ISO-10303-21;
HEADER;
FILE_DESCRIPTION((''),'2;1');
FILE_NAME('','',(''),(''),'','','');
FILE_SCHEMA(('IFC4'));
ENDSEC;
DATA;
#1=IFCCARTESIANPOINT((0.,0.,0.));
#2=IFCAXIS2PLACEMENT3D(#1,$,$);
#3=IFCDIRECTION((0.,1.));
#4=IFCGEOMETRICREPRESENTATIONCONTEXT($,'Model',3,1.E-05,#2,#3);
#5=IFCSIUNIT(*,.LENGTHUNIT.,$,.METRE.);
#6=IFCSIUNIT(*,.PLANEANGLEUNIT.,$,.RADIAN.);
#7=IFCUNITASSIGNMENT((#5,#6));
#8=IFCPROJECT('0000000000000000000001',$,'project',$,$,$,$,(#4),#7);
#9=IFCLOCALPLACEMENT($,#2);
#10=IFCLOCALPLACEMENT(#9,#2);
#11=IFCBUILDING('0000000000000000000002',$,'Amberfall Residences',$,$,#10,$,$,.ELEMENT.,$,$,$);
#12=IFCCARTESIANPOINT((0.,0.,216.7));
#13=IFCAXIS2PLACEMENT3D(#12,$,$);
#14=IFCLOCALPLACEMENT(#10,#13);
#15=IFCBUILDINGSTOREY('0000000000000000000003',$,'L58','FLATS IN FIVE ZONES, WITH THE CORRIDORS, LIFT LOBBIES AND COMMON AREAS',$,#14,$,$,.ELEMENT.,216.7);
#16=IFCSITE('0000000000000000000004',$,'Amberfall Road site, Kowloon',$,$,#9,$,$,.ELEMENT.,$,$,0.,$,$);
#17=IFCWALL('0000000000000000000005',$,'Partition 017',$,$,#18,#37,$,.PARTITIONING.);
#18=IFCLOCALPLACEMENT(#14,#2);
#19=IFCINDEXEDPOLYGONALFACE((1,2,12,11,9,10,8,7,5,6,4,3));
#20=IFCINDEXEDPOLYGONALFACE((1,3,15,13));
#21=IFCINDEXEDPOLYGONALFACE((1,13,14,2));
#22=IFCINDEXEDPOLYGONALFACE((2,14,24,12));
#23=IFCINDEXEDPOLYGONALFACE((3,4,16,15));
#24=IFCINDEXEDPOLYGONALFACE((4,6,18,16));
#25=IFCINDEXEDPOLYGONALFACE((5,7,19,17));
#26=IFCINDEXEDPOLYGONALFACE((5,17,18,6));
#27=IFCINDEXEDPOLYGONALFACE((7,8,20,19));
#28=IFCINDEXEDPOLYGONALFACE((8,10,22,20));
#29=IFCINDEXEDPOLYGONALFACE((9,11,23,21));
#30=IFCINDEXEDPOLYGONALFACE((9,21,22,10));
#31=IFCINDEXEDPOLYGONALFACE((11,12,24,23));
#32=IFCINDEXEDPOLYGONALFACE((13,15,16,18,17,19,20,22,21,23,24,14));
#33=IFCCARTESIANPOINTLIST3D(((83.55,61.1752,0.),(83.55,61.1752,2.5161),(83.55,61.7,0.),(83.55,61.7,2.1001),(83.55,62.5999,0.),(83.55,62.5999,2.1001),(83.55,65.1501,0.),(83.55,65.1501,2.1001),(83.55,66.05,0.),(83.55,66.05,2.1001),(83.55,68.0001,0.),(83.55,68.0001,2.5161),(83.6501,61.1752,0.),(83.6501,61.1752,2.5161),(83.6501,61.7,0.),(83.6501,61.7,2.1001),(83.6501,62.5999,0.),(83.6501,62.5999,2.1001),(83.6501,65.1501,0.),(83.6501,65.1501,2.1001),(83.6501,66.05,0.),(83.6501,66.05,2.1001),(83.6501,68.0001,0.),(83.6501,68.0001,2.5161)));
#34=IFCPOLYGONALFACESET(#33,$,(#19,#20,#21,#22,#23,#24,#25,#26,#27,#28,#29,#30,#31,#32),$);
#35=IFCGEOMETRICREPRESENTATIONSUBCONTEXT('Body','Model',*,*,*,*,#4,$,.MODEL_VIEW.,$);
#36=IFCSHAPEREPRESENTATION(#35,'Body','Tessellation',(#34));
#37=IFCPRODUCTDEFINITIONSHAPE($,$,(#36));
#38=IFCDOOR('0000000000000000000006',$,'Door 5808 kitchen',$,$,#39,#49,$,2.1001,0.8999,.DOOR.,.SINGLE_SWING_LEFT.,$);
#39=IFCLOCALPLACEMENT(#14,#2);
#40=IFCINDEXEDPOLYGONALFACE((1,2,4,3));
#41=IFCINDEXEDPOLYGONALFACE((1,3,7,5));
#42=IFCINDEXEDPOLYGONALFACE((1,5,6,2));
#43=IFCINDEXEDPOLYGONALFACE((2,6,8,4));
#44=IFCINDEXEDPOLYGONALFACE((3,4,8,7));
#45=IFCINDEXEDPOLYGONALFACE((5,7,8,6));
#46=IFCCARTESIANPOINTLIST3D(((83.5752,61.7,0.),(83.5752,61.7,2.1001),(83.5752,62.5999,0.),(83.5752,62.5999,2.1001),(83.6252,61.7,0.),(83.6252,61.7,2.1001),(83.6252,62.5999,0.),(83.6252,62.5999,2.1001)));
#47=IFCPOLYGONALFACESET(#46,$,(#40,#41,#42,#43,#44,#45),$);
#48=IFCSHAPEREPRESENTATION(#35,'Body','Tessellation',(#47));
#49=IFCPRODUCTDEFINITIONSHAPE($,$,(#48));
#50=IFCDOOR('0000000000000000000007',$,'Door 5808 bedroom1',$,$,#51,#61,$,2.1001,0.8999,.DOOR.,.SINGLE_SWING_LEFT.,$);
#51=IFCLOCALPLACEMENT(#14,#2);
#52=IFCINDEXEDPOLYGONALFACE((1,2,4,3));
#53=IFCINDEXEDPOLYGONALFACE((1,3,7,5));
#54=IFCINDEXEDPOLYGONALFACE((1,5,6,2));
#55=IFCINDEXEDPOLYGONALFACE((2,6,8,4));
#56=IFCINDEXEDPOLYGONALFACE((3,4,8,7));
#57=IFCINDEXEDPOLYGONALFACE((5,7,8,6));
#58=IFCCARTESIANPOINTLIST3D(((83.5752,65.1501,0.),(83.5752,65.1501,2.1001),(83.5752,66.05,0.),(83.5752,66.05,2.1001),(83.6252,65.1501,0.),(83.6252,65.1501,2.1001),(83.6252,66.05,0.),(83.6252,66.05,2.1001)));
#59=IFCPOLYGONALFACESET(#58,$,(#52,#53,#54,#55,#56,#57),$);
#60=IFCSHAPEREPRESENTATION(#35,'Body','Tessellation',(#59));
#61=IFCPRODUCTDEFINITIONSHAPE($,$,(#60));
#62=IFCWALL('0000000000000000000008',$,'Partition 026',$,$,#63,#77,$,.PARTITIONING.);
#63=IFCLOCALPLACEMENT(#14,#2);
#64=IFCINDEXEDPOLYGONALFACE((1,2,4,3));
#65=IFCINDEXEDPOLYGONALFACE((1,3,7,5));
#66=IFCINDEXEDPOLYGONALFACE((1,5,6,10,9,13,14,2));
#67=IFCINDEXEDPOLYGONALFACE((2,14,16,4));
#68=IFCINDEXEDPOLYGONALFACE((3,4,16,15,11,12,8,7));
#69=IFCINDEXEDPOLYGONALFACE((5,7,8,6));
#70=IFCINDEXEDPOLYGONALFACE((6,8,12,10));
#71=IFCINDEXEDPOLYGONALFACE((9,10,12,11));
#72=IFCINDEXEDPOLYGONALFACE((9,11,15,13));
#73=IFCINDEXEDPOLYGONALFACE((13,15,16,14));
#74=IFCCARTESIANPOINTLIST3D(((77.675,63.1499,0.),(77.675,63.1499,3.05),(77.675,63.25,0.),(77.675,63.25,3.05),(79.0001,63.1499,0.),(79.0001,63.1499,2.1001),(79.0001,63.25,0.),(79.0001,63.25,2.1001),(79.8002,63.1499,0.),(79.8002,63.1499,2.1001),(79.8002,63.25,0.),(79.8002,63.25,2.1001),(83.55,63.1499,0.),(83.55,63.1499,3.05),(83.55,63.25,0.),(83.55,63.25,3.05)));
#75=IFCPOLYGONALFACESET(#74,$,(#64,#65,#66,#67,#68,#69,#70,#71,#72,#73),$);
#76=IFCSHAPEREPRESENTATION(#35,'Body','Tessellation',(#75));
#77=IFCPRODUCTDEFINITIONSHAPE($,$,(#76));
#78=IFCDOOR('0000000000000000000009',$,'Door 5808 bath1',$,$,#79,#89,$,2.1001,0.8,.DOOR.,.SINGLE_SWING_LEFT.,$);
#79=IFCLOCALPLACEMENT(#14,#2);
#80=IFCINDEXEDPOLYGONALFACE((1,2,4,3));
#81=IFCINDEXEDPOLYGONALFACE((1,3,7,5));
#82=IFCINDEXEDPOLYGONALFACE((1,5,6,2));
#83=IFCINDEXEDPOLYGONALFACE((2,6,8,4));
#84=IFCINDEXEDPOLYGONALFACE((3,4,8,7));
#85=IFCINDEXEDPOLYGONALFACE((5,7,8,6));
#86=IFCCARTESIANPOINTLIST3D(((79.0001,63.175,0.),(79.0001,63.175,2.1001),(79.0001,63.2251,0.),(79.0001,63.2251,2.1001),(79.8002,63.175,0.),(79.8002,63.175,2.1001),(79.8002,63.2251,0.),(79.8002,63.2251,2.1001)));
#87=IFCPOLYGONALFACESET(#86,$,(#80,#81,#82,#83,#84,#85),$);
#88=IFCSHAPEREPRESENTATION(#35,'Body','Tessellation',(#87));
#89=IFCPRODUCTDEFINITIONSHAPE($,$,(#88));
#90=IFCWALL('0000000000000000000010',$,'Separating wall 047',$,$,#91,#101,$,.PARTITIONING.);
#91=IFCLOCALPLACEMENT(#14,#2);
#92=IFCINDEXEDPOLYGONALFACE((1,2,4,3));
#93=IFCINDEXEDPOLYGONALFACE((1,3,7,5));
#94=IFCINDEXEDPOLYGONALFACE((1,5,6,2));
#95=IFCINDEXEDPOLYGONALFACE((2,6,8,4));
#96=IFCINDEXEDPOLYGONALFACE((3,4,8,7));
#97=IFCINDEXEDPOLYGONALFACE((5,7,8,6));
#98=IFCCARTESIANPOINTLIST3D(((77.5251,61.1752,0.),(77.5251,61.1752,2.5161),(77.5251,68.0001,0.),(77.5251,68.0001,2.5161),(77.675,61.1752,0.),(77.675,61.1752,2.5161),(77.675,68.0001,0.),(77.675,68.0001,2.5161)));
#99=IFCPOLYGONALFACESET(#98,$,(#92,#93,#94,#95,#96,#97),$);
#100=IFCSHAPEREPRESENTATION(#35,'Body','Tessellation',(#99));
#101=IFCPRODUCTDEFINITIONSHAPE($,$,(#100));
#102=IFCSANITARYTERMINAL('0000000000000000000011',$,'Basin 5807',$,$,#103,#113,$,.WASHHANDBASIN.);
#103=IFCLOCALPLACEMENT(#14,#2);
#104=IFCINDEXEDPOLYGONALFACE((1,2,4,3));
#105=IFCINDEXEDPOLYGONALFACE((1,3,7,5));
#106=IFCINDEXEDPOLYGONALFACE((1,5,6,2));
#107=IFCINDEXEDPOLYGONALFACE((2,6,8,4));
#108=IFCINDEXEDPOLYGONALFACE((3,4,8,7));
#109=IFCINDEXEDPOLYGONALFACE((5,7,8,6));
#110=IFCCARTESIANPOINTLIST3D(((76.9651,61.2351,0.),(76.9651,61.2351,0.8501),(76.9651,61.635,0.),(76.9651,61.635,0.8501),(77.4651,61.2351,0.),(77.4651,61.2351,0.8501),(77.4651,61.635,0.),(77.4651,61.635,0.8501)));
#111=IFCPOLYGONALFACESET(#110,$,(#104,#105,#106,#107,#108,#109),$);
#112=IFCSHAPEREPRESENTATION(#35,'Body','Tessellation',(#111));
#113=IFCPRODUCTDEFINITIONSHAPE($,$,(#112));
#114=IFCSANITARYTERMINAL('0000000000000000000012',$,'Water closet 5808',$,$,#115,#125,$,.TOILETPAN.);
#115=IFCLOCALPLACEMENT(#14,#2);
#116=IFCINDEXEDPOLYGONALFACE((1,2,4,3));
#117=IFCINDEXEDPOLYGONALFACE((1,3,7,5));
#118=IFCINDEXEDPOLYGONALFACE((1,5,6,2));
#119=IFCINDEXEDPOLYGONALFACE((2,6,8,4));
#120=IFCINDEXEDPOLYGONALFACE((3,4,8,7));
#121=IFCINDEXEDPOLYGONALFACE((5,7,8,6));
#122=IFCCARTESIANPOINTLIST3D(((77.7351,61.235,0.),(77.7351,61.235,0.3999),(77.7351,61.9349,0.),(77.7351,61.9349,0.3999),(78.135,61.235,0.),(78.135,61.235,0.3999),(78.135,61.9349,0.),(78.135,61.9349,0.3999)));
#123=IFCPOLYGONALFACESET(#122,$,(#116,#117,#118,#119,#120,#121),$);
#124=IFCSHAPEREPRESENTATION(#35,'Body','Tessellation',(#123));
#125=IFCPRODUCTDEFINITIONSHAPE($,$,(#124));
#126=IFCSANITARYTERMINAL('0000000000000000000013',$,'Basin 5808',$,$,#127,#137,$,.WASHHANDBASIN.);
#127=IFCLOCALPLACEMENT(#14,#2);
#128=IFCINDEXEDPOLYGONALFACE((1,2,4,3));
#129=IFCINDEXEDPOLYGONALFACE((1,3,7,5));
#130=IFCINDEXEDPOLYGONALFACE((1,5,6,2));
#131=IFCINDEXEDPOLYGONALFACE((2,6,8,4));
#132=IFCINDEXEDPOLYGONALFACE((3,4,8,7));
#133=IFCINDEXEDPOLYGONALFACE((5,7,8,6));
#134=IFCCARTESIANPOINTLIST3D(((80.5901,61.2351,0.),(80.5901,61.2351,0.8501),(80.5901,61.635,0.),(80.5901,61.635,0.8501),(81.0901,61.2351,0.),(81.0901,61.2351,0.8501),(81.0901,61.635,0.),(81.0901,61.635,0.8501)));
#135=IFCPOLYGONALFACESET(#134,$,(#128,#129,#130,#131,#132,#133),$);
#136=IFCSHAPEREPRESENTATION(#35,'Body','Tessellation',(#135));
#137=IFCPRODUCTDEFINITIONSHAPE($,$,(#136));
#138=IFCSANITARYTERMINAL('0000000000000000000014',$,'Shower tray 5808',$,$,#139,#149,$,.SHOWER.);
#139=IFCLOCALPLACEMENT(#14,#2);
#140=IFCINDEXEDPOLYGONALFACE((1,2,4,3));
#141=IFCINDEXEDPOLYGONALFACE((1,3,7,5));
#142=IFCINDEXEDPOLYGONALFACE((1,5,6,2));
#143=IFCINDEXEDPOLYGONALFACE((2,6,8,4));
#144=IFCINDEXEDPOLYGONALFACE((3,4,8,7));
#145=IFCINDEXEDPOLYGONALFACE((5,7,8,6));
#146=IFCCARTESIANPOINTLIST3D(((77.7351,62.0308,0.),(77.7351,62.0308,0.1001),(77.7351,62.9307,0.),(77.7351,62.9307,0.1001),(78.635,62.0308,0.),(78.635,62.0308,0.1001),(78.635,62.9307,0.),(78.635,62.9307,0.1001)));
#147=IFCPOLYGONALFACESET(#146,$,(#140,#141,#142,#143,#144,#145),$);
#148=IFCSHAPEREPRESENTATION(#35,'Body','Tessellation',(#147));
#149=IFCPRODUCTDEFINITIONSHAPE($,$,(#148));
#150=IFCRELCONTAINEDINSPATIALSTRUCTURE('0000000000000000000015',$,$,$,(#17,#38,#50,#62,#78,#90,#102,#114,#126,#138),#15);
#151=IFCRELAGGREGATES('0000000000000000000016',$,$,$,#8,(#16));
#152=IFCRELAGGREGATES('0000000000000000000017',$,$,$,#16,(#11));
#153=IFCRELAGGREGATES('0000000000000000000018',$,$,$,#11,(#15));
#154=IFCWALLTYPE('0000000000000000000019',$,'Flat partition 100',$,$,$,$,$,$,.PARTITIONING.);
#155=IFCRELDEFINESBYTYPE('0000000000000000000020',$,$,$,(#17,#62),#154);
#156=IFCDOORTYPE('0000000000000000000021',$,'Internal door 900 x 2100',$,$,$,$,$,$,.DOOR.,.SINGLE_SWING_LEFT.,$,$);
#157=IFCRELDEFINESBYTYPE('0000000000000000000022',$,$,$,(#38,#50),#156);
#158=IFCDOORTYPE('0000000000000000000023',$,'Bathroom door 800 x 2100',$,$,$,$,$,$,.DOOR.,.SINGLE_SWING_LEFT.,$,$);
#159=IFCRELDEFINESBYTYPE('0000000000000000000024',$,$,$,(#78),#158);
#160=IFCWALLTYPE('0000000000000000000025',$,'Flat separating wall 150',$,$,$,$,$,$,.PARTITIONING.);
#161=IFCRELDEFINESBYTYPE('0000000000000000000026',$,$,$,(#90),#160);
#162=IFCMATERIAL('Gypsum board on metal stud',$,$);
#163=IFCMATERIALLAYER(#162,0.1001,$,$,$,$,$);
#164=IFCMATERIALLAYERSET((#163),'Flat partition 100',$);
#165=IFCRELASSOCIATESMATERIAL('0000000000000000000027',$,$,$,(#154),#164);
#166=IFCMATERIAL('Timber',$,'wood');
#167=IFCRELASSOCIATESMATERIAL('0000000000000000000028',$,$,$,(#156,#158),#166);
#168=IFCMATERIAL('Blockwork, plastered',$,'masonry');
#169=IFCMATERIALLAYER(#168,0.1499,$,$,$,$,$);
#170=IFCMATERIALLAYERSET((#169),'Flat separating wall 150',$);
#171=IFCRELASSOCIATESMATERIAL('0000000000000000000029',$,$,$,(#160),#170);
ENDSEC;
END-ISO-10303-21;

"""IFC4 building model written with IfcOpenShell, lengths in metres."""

from ifc_helpers import new_model, si_unit, direction, frame, frame_2d, origin, origin_2d, place, context, subcontext, project, spatial, rectangle, extrude, material, layer, layer_set, type_object, element, fill, save


model = new_model("IFC4")

# Units and contexts
model_context = context("Model", 3, precision=1e-05, world=origin(), true_north=direction((0.0, 1.0)))
body_context = subcontext(model_context, "Body", "Model", "MODEL_VIEW")
ifc_project = project(units=[si_unit("LENGTHUNIT", "METRE"), si_unit("PLANEANGLEUNIT", "RADIAN")], contexts=[model_context])

# Site, building, storey
site_placement = place(None, origin())
site = spatial("IfcSite", under=ifc_project, at=site_placement, Name="Amberfall Road site, Kowloon", CompositionType="ELEMENT", RefElevation=0.0)
building_placement = place(site_placement, origin())
building = spatial("IfcBuilding", under=site, at=building_placement, Name="Amberfall Residences", CompositionType="ELEMENT")
storey_placement = place(building_placement, frame((0.0, 0.0, 216.7)))
storey = spatial("IfcBuildingStorey", under=building, at=storey_placement, Name="L58", Description="FLATS IN FIVE ZONES, WITH THE CORRIDORS, LIFT LOBBIES AND COMMON AREAS", CompositionType="ELEMENT", Elevation=216.7)

# Shared definitions
ifc_material_1 = material(Name="Gypsum board on metal stud")
ifc_layer_1 = layer(ifc_material_1, 0.1001)
ifc_layer_set_1 = layer_set([ifc_layer_1], Name="Flat partition 100")
wall_type_1 = type_object("IfcWallType", Name="Flat partition 100", PredefinedType="PARTITIONING", material=ifc_layer_set_1)

# Wall, openings, doors
wall_1_placement = place(storey_placement, frame((83.6001, 61.175, 0.0), z_axis=(0.0, 0.0, 1.0), x_axis=(0.0, 1.0, 0.0)))
wall_1 = element("IfcWall", 1, at=wall_1_placement, inside=storey, type_object=wall_type_1, Name="Partition 017", PredefinedType="PARTITIONING", context=body_context, shape_type="SweptSolid", body=[
    extrude(rectangle(XDim=6.825, YDim=0.1001, at=frame_2d((3.4126, 0.0))), origin(), (0.0, 0.0, 1.0), 2.5161),
])
opening_1_placement = place(wall_1_placement, frame((0.5249, 0.0, 0.0)))
opening_1 = element("IfcOpeningElement", 2, at=opening_1_placement, cuts=wall_1, PredefinedType="OPENING", context=body_context, shape_type="SweptSolid", body=[
    extrude(rectangle(XDim=0.8999, YDim=2.1001, at=frame_2d((0.45, 1.05))), frame((0.0, 0.0601, 0.0), z_axis=(0.0, -1.0, 0.0), x_axis=(1.0, 0.0, 0.0)), (0.0, 0.0, 1.0), 0.1201),
])
opening_2_placement = place(wall_1_placement, frame((3.9751, 0.0, 0.0)))
opening_2 = element("IfcOpeningElement", 3, at=opening_2_placement, cuts=wall_1, PredefinedType="OPENING", context=body_context, shape_type="SweptSolid", body=[
    extrude(rectangle(XDim=0.8999, YDim=2.1001, at=frame_2d((0.45, 1.05))), frame((0.0, 0.0601, 0.0), z_axis=(0.0, -1.0, 0.0), x_axis=(1.0, 0.0, 0.0)), (0.0, 0.0, 1.0), 0.1201),
])
ifc_material_2 = material(Name="Timber", Category="wood")
door_type_1 = type_object("IfcDoorType", Name="Internal door 900 x 2100", OperationType="SINGLE_SWING_LEFT", PredefinedType="DOOR", material=ifc_material_2)
door_1_placement = place(opening_1_placement, origin())
door_1 = element("IfcDoor", 4, at=door_1_placement, inside=storey, type_object=door_type_1, Name="Door 5808 kitchen", OperationType="SINGLE_SWING_LEFT", OverallHeight=2.1001, OverallWidth=0.8999, PredefinedType="DOOR", context=body_context, shape_type="SweptSolid", body=[
    extrude(rectangle(XDim=0.8999, YDim=2.1001, at=frame_2d((0.45, 1.05))), frame((0.0, 0.0249, 0.0), z_axis=(0.0, -1.0, 0.0), x_axis=(1.0, 0.0, 0.0)), (0.0, 0.0, 1.0), 0.05),
])
fill(opening_1, door_1)
door_2_placement = place(opening_2_placement, origin())
door_2 = element("IfcDoor", 5, at=door_2_placement, inside=storey, type_object=door_type_1, Name="Door 5808 bedroom1", OperationType="SINGLE_SWING_LEFT", OverallHeight=2.1001, OverallWidth=0.8999, PredefinedType="DOOR", context=body_context, shape_type="SweptSolid", body=[
    extrude(rectangle(XDim=0.8999, YDim=2.1001, at=frame_2d((0.45, 1.05))), frame((0.0, 0.0249, 0.0), z_axis=(0.0, -1.0, 0.0), x_axis=(1.0, 0.0, 0.0)), (0.0, 0.0, 1.0), 0.05),
])
fill(opening_2, door_2)

# Wall, opening, door
wall_2_placement = place(storey_placement, frame((83.55, 63.2, 0.0), z_axis=(0.0, 0.0, 1.0), x_axis=(-1.0, 0.0, 0.0)))
wall_2 = element("IfcWall", 6, at=wall_2_placement, inside=storey, type_object=wall_type_1, Name="Partition 026", PredefinedType="PARTITIONING", context=body_context, shape_type="SweptSolid", body=[
    extrude(rectangle(XDim=5.875, YDim=0.1001, at=frame_2d((2.9375, 0.0))), origin(), (0.0, 0.0, 1.0), 3.05),
])
opening_3_placement = place(wall_2_placement, frame((3.75, 0.0, 0.0)))
opening_3 = element("IfcOpeningElement", 7, at=opening_3_placement, cuts=wall_2, PredefinedType="OPENING", context=body_context, shape_type="SweptSolid", body=[
    extrude(rectangle(XDim=0.8, YDim=2.1001, at=frame_2d((0.3999, 1.05))), frame((0.0, 0.0601, 0.0), z_axis=(0.0, -1.0, 0.0), x_axis=(1.0, 0.0, 0.0)), (0.0, 0.0, 1.0), 0.1201),
])
door_type_2 = type_object("IfcDoorType", Name="Bathroom door 800 x 2100", OperationType="SINGLE_SWING_LEFT", PredefinedType="DOOR", material=ifc_material_2)
door_3_placement = place(opening_3_placement, origin())
door_3 = element("IfcDoor", 8, at=door_3_placement, inside=storey, type_object=door_type_2, Name="Door 5808 bath1", OperationType="SINGLE_SWING_LEFT", OverallHeight=2.1001, OverallWidth=0.8, PredefinedType="DOOR", context=body_context, shape_type="SweptSolid", body=[
    extrude(rectangle(XDim=0.8, YDim=2.1001, at=frame_2d((0.3999, 1.05))), frame((0.0, 0.0249, 0.0), z_axis=(0.0, -1.0, 0.0), x_axis=(1.0, 0.0, 0.0)), (0.0, 0.0, 1.0), 0.05),
])
fill(opening_3, door_3)

# Wall
ifc_material_3 = material(Name="Blockwork, plastered", Category="masonry")
ifc_layer_2 = layer(ifc_material_3, 0.1499)
ifc_layer_set_2 = layer_set([ifc_layer_2], Name="Flat separating wall 150")
wall_type_2 = type_object("IfcWallType", Name="Flat separating wall 150", PredefinedType="PARTITIONING", material=ifc_layer_set_2)
wall_3_placement = place(storey_placement, frame((77.6001, 61.175, 0.0), z_axis=(0.0, 0.0, 1.0), x_axis=(0.0, 1.0, 0.0)))
element("IfcWall", 9, at=wall_3_placement, inside=storey, type_object=wall_type_2, Name="Separating wall 047", PredefinedType="PARTITIONING", context=body_context, shape_type="SweptSolid", body=[
    extrude(rectangle(XDim=6.825, YDim=0.1499, at=frame_2d((3.4126, 0.0))), origin(), (0.0, 0.0, 1.0), 2.5161),
])

# Sanitary terminals
sanitary_terminal_1_placement = place(storey_placement, frame((77.2151, 61.4351, 0.0), z_axis=(0.0, 0.0, 1.0), x_axis=(1.0, 0.0, 0.0)))
element("IfcSanitaryTerminal", 10, at=sanitary_terminal_1_placement, inside=storey, Name="Basin 5807", PredefinedType="WASHHANDBASIN", context=body_context, shape_type="SweptSolid", body=[
    extrude(rectangle(XDim=0.5, YDim=0.3999, at=origin_2d()), origin(), (0.0, 0.0, 1.0), 0.8501),
])
sanitary_terminal_2_placement = place(storey_placement, frame((77.9351, 61.585, 0.0), z_axis=(0.0, 0.0, 1.0), x_axis=(1.0, 0.0, 0.0)))
element("IfcSanitaryTerminal", 11, at=sanitary_terminal_2_placement, inside=storey, Name="Water closet 5808", PredefinedType="TOILETPAN", context=body_context, shape_type="SweptSolid", body=[
    extrude(rectangle(XDim=0.3999, YDim=0.7, at=origin_2d()), origin(), (0.0, 0.0, 1.0), 0.3999),
])
sanitary_terminal_3_placement = place(storey_placement, frame((80.8401, 61.4351, 0.0), z_axis=(0.0, 0.0, 1.0), x_axis=(1.0, 0.0, 0.0)))
element("IfcSanitaryTerminal", 12, at=sanitary_terminal_3_placement, inside=storey, Name="Basin 5808", PredefinedType="WASHHANDBASIN", context=body_context, shape_type="SweptSolid", body=[
    extrude(rectangle(XDim=0.5, YDim=0.3999, at=origin_2d()), origin(), (0.0, 0.0, 1.0), 0.8501),
])
sanitary_terminal_4_placement = place(storey_placement, frame((78.1851, 62.4807, 0.0), z_axis=(0.0, 0.0, 1.0), x_axis=(1.0, 0.0, 0.0)))
element("IfcSanitaryTerminal", 13, at=sanitary_terminal_4_placement, inside=storey, Name="Shower tray 5808", PredefinedType="SHOWER", context=body_context, shape_type="SweptSolid", body=[
    extrude(rectangle(XDim=0.8999, YDim=0.8999, at=origin_2d()), origin(), (0.0, 0.0, 1.0), 0.1001),
])

save(model, "model.ifc")
